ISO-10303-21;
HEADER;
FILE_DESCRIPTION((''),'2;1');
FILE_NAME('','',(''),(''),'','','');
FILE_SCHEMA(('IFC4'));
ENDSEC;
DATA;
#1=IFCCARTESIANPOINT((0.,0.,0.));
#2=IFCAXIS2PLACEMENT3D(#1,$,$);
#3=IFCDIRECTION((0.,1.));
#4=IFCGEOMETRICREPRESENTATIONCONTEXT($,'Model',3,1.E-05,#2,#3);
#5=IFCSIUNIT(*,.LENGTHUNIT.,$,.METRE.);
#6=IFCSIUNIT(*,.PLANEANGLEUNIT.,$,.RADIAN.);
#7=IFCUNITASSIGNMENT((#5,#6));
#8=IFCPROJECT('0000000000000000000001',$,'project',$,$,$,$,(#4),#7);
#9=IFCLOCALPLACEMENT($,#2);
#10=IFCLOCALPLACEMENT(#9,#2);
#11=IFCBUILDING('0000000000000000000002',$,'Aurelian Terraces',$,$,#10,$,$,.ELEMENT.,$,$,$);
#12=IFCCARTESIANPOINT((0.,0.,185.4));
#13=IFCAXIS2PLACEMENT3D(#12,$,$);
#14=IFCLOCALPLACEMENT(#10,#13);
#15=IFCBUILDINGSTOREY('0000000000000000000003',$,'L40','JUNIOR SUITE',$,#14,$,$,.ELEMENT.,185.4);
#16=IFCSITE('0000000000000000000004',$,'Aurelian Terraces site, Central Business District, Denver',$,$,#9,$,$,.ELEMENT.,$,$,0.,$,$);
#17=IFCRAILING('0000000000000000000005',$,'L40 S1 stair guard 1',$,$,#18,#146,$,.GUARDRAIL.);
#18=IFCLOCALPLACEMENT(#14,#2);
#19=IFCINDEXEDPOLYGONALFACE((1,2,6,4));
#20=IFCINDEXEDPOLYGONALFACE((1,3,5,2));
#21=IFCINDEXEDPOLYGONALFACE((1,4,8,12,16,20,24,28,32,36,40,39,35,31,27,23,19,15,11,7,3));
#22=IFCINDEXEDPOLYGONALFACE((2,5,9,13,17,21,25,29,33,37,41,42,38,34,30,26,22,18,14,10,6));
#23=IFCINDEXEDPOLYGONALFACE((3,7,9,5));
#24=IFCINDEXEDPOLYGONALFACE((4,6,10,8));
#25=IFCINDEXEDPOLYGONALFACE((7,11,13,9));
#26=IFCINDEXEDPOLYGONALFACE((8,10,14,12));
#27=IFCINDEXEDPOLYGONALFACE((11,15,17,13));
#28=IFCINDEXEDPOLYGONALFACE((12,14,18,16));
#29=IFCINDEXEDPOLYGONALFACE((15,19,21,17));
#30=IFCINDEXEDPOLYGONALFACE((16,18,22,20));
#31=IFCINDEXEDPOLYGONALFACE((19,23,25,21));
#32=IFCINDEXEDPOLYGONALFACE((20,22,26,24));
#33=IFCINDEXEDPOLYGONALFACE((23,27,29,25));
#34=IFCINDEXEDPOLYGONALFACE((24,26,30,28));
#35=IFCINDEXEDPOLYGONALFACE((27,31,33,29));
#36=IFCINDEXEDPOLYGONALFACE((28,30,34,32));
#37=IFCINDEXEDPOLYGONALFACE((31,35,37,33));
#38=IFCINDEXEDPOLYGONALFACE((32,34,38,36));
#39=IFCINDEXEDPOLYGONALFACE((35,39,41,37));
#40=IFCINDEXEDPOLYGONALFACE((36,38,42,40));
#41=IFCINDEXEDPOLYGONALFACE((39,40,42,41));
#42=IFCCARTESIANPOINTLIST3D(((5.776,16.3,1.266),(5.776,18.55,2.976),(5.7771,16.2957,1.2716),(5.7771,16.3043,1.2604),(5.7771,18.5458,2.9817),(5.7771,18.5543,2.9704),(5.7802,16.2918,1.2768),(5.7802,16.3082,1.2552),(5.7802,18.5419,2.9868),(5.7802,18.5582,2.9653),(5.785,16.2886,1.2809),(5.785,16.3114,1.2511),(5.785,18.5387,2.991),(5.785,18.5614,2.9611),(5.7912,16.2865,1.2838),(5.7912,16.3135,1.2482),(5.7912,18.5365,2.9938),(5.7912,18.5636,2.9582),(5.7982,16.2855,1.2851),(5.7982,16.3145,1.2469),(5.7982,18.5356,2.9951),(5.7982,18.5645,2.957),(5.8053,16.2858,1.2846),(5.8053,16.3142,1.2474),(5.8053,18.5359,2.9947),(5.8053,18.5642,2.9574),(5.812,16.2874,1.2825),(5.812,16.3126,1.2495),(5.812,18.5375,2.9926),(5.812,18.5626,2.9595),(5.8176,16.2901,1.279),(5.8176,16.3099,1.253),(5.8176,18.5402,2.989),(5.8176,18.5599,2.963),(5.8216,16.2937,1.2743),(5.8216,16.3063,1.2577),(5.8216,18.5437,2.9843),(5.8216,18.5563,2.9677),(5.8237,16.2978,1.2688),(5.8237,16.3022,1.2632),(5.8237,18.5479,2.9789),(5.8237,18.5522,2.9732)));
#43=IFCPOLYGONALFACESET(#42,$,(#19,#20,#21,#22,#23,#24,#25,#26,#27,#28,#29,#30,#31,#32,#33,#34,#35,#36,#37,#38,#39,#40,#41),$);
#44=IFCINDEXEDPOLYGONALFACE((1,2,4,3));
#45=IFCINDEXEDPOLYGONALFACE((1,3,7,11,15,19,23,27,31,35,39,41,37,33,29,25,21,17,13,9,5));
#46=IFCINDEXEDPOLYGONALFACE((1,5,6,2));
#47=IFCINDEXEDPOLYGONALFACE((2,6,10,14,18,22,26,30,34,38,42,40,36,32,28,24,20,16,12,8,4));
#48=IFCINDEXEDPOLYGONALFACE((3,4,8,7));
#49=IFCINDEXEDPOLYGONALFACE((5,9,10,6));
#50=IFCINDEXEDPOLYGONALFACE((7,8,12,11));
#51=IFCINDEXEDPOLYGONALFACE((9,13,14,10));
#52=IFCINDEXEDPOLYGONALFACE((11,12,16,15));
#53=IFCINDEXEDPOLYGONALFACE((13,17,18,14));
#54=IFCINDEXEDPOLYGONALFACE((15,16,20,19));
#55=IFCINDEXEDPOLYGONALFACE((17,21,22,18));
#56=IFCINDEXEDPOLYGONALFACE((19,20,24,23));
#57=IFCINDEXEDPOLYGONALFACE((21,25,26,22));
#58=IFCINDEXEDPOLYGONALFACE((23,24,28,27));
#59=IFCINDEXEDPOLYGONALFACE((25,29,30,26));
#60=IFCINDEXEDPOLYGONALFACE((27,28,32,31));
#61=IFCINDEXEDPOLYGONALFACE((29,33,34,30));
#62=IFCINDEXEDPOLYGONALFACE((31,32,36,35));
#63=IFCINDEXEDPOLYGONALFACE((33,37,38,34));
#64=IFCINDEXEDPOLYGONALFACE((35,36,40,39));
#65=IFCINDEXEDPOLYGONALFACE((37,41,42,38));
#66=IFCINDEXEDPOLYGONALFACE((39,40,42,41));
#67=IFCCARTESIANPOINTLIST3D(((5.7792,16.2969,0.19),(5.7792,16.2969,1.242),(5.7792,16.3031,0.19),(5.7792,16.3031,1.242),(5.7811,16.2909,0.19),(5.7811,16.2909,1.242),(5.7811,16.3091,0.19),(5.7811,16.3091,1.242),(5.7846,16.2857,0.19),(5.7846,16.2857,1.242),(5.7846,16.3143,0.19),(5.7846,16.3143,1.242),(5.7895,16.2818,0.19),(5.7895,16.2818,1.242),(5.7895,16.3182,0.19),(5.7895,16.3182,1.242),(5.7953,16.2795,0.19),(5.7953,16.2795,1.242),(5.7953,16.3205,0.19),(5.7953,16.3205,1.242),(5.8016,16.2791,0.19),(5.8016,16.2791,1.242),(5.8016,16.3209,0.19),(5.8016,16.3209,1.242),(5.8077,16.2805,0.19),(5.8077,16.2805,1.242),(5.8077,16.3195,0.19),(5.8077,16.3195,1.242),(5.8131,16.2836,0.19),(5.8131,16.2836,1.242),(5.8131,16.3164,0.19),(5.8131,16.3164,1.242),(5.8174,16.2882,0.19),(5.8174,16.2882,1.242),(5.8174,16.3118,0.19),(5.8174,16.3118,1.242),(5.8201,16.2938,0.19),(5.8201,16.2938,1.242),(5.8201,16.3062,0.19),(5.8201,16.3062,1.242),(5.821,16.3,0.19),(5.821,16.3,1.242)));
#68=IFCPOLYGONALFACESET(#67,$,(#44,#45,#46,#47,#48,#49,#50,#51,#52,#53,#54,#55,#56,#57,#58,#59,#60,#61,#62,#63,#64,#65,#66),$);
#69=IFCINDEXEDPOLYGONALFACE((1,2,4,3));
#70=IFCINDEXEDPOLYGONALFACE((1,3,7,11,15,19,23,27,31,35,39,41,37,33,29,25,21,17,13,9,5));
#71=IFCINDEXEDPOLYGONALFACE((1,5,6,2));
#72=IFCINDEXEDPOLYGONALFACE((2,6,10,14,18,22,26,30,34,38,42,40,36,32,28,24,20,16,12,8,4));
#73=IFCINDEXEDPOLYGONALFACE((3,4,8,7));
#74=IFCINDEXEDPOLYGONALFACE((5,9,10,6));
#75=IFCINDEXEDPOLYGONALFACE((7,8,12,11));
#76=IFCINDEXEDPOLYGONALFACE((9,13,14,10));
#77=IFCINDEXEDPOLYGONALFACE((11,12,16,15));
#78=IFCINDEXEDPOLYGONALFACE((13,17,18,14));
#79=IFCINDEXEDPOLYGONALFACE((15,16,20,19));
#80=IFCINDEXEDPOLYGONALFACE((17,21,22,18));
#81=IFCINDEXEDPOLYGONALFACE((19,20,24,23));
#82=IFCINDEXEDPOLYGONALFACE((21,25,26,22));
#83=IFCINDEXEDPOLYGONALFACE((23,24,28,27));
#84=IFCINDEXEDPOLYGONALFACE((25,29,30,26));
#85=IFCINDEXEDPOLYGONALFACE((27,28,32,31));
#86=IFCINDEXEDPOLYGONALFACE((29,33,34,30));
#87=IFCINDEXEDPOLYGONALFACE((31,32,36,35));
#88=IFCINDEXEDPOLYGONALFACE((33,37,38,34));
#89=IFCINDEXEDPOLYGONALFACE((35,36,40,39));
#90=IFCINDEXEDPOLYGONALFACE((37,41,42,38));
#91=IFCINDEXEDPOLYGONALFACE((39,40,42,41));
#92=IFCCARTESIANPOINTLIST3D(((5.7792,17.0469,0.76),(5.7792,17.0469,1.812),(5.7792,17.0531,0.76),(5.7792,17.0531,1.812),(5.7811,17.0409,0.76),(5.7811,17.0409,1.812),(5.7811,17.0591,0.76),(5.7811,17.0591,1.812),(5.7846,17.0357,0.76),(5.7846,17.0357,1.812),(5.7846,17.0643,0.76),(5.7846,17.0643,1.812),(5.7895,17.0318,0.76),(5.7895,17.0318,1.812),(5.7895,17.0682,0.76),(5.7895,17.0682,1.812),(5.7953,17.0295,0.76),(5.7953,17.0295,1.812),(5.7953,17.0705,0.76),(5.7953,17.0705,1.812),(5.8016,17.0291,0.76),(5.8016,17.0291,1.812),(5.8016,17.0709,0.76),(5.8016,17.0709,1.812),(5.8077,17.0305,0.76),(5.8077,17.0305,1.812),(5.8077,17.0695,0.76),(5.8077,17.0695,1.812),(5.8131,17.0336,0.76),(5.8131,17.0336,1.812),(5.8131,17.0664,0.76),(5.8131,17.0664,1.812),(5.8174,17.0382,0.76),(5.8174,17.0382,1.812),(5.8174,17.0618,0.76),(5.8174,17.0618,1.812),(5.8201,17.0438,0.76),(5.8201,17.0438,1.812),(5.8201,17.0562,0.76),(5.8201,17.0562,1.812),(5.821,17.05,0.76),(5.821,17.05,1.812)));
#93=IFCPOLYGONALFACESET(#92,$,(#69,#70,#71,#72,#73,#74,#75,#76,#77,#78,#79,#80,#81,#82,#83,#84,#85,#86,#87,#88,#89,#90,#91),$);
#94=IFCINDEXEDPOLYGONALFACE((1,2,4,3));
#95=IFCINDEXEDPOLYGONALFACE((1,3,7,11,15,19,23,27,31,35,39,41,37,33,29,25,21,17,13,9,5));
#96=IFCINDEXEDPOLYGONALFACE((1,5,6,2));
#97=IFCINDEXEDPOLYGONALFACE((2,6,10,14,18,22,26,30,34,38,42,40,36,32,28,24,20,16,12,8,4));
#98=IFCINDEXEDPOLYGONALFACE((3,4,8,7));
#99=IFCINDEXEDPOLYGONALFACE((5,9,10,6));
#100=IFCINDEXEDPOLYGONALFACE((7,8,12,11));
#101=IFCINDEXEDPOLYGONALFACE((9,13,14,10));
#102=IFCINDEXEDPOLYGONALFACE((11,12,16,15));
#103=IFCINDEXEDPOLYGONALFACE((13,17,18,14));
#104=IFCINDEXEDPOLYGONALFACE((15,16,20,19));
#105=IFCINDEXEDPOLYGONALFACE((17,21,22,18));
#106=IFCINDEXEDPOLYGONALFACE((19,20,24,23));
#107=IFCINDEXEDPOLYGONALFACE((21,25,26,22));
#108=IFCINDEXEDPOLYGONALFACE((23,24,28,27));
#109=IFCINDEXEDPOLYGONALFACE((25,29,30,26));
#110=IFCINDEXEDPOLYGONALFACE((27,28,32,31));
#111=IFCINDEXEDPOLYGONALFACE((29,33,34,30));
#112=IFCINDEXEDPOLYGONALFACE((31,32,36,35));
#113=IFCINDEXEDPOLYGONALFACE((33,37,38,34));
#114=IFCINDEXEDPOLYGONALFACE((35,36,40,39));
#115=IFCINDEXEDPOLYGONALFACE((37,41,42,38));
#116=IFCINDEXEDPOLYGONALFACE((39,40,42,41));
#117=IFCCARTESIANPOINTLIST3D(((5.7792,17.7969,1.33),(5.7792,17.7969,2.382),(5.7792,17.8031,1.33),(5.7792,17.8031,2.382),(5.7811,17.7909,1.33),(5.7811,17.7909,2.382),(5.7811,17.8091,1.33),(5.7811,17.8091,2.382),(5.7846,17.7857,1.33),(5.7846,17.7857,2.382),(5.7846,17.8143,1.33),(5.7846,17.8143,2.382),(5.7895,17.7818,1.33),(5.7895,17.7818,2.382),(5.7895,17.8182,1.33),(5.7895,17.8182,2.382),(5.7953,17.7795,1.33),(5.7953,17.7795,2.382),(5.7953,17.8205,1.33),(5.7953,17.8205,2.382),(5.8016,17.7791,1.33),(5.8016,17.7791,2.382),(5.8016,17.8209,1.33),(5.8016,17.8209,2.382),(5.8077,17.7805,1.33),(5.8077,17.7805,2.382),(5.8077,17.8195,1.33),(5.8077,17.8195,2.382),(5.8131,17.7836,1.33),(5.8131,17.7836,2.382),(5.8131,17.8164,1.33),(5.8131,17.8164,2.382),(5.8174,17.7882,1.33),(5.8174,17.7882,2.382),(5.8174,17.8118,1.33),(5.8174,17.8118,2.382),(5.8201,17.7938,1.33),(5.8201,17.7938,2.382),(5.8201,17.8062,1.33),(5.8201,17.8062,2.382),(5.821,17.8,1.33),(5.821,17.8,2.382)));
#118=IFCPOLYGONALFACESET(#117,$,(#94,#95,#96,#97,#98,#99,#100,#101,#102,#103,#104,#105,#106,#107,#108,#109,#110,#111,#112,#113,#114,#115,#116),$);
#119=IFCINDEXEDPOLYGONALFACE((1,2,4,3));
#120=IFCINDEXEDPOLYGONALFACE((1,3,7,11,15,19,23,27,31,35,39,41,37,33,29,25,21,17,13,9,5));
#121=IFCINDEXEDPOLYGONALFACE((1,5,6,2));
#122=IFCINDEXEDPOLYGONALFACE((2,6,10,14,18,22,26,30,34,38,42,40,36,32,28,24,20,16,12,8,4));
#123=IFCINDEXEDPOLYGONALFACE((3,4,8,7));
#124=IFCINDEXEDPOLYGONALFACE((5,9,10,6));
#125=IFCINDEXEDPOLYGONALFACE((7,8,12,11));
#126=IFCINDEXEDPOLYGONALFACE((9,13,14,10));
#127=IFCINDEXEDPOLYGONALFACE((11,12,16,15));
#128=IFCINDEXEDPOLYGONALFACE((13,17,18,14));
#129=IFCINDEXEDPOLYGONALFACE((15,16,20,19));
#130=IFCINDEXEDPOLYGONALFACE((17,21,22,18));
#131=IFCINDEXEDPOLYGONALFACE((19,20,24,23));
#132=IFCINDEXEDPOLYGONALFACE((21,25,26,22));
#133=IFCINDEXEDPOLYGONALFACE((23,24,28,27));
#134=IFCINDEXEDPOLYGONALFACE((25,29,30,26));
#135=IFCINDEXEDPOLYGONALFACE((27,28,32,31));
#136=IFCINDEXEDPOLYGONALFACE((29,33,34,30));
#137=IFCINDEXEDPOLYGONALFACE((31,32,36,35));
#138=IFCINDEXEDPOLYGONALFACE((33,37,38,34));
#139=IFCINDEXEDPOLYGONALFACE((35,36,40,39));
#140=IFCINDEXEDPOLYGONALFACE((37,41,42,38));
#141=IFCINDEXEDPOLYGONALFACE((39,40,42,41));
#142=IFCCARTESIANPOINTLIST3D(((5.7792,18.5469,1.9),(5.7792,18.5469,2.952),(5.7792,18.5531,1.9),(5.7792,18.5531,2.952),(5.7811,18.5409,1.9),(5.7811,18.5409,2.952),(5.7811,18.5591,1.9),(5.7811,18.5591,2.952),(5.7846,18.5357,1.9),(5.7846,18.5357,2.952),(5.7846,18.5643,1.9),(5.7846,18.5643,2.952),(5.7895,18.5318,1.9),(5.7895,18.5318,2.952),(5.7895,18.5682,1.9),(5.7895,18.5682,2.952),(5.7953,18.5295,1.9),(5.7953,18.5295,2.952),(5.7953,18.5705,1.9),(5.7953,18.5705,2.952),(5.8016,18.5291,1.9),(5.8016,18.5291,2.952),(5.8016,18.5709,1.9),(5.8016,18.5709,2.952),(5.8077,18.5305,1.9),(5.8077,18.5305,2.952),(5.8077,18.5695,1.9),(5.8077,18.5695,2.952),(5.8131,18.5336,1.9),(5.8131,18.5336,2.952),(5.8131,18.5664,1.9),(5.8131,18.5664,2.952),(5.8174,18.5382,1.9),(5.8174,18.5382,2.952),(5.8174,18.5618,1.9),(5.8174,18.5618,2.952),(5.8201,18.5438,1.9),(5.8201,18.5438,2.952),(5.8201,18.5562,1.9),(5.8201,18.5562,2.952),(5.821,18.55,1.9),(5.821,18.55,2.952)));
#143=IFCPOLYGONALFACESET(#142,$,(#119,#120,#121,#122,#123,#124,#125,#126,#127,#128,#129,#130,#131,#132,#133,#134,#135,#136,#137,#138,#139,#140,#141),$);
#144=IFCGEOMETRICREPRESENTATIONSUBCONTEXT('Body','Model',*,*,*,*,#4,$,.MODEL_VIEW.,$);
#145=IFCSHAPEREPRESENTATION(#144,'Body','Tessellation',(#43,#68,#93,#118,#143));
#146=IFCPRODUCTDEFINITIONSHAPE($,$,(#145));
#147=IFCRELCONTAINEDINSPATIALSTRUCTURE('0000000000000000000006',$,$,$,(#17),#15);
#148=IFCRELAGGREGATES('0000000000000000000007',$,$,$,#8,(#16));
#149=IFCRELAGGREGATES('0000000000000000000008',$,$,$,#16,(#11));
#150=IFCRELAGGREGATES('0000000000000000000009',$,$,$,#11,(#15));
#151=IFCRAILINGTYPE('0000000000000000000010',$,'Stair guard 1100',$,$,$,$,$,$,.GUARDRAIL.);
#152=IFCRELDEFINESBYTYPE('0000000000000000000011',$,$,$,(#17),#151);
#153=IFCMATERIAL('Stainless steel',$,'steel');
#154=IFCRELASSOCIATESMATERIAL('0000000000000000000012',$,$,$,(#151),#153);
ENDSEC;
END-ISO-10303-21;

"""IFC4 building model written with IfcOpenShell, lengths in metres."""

from ifc_helpers import new_model, si_unit, direction, frame, origin, origin_2d, place, context, subcontext, project, spatial, circle, extrude, source, transform, mapped, material, type_object, element, save


model = new_model("IFC4")

# Units and contexts
model_context = context("Model", 3, precision=1e-05, world=origin(), true_north=direction((0.0, 1.0)))
body_context = subcontext(model_context, "Body", "Model", "MODEL_VIEW")
ifc_project = project(units=[si_unit("LENGTHUNIT", "METRE"), si_unit("PLANEANGLEUNIT", "RADIAN")], contexts=[model_context])

# Site, building, storey
site_placement = place(None, origin())
site = spatial("IfcSite", under=ifc_project, at=site_placement, Name="Aurelian Terraces site, Central Business District, Denver", CompositionType="ELEMENT", RefElevation=0.0)
building_placement = place(site_placement, origin())
building = spatial("IfcBuilding", under=site, at=building_placement, Name="Aurelian Terraces", CompositionType="ELEMENT")
storey_placement = place(building_placement, frame((0.0, 0.0, 185.4)))
storey = spatial("IfcBuildingStorey", under=building, at=storey_placement, Name="L40", Description="JUNIOR SUITE", CompositionType="ELEMENT", Elevation=185.4)

# Shared definitions
ifc_material_1 = material(Name="Stainless steel", Category="steel")

# Railing
railing_type_1 = type_object("IfcRailingType", Name="Stair guard 1100", PredefinedType="GUARDRAIL", material=ifc_material_1)
shared_shape_1 = source(origin(), body_context, "Body", "SweptSolid", [
    extrude(circle(Radius=0.024, at=origin_2d()), frame((0.0, 0.0, 1.076), z_axis=(0.0, 0.796162, 0.605083), x_axis=(-1.0, 0.0, 0.0)), (0.0, 0.0, 1.0), 2.8261),
    extrude(circle(Radius=0.021, at=origin_2d()), origin(), (0.0, 0.0, 1.0), 1.052),
    extrude(circle(Radius=0.021, at=origin_2d()), frame((0.0, 0.75, 0.57)), (0.0, 0.0, 1.0), 1.052),
    extrude(circle(Radius=0.021, at=origin_2d()), frame((0.0, 1.5, 1.14)), (0.0, 0.0, 1.0), 1.052),
    extrude(circle(Radius=0.021, at=origin_2d()), frame((0.0, 2.25, 1.71)), (0.0, 0.0, 1.0), 1.052),
])
railing_1_placement = place(storey_placement, frame((5.8, 16.3, 0.19)))
element("IfcRailing", 1, at=railing_1_placement, inside=storey, type_object=railing_type_1, Name="L40 S1 stair guard 1", PredefinedType="GUARDRAIL", context=body_context, shape_type="MappedRepresentation", body=[
    mapped(shared_shape_1, transform((0.0, 0.0, 0.0), scale=1.0)),
])

save(model, "model.ifc")
